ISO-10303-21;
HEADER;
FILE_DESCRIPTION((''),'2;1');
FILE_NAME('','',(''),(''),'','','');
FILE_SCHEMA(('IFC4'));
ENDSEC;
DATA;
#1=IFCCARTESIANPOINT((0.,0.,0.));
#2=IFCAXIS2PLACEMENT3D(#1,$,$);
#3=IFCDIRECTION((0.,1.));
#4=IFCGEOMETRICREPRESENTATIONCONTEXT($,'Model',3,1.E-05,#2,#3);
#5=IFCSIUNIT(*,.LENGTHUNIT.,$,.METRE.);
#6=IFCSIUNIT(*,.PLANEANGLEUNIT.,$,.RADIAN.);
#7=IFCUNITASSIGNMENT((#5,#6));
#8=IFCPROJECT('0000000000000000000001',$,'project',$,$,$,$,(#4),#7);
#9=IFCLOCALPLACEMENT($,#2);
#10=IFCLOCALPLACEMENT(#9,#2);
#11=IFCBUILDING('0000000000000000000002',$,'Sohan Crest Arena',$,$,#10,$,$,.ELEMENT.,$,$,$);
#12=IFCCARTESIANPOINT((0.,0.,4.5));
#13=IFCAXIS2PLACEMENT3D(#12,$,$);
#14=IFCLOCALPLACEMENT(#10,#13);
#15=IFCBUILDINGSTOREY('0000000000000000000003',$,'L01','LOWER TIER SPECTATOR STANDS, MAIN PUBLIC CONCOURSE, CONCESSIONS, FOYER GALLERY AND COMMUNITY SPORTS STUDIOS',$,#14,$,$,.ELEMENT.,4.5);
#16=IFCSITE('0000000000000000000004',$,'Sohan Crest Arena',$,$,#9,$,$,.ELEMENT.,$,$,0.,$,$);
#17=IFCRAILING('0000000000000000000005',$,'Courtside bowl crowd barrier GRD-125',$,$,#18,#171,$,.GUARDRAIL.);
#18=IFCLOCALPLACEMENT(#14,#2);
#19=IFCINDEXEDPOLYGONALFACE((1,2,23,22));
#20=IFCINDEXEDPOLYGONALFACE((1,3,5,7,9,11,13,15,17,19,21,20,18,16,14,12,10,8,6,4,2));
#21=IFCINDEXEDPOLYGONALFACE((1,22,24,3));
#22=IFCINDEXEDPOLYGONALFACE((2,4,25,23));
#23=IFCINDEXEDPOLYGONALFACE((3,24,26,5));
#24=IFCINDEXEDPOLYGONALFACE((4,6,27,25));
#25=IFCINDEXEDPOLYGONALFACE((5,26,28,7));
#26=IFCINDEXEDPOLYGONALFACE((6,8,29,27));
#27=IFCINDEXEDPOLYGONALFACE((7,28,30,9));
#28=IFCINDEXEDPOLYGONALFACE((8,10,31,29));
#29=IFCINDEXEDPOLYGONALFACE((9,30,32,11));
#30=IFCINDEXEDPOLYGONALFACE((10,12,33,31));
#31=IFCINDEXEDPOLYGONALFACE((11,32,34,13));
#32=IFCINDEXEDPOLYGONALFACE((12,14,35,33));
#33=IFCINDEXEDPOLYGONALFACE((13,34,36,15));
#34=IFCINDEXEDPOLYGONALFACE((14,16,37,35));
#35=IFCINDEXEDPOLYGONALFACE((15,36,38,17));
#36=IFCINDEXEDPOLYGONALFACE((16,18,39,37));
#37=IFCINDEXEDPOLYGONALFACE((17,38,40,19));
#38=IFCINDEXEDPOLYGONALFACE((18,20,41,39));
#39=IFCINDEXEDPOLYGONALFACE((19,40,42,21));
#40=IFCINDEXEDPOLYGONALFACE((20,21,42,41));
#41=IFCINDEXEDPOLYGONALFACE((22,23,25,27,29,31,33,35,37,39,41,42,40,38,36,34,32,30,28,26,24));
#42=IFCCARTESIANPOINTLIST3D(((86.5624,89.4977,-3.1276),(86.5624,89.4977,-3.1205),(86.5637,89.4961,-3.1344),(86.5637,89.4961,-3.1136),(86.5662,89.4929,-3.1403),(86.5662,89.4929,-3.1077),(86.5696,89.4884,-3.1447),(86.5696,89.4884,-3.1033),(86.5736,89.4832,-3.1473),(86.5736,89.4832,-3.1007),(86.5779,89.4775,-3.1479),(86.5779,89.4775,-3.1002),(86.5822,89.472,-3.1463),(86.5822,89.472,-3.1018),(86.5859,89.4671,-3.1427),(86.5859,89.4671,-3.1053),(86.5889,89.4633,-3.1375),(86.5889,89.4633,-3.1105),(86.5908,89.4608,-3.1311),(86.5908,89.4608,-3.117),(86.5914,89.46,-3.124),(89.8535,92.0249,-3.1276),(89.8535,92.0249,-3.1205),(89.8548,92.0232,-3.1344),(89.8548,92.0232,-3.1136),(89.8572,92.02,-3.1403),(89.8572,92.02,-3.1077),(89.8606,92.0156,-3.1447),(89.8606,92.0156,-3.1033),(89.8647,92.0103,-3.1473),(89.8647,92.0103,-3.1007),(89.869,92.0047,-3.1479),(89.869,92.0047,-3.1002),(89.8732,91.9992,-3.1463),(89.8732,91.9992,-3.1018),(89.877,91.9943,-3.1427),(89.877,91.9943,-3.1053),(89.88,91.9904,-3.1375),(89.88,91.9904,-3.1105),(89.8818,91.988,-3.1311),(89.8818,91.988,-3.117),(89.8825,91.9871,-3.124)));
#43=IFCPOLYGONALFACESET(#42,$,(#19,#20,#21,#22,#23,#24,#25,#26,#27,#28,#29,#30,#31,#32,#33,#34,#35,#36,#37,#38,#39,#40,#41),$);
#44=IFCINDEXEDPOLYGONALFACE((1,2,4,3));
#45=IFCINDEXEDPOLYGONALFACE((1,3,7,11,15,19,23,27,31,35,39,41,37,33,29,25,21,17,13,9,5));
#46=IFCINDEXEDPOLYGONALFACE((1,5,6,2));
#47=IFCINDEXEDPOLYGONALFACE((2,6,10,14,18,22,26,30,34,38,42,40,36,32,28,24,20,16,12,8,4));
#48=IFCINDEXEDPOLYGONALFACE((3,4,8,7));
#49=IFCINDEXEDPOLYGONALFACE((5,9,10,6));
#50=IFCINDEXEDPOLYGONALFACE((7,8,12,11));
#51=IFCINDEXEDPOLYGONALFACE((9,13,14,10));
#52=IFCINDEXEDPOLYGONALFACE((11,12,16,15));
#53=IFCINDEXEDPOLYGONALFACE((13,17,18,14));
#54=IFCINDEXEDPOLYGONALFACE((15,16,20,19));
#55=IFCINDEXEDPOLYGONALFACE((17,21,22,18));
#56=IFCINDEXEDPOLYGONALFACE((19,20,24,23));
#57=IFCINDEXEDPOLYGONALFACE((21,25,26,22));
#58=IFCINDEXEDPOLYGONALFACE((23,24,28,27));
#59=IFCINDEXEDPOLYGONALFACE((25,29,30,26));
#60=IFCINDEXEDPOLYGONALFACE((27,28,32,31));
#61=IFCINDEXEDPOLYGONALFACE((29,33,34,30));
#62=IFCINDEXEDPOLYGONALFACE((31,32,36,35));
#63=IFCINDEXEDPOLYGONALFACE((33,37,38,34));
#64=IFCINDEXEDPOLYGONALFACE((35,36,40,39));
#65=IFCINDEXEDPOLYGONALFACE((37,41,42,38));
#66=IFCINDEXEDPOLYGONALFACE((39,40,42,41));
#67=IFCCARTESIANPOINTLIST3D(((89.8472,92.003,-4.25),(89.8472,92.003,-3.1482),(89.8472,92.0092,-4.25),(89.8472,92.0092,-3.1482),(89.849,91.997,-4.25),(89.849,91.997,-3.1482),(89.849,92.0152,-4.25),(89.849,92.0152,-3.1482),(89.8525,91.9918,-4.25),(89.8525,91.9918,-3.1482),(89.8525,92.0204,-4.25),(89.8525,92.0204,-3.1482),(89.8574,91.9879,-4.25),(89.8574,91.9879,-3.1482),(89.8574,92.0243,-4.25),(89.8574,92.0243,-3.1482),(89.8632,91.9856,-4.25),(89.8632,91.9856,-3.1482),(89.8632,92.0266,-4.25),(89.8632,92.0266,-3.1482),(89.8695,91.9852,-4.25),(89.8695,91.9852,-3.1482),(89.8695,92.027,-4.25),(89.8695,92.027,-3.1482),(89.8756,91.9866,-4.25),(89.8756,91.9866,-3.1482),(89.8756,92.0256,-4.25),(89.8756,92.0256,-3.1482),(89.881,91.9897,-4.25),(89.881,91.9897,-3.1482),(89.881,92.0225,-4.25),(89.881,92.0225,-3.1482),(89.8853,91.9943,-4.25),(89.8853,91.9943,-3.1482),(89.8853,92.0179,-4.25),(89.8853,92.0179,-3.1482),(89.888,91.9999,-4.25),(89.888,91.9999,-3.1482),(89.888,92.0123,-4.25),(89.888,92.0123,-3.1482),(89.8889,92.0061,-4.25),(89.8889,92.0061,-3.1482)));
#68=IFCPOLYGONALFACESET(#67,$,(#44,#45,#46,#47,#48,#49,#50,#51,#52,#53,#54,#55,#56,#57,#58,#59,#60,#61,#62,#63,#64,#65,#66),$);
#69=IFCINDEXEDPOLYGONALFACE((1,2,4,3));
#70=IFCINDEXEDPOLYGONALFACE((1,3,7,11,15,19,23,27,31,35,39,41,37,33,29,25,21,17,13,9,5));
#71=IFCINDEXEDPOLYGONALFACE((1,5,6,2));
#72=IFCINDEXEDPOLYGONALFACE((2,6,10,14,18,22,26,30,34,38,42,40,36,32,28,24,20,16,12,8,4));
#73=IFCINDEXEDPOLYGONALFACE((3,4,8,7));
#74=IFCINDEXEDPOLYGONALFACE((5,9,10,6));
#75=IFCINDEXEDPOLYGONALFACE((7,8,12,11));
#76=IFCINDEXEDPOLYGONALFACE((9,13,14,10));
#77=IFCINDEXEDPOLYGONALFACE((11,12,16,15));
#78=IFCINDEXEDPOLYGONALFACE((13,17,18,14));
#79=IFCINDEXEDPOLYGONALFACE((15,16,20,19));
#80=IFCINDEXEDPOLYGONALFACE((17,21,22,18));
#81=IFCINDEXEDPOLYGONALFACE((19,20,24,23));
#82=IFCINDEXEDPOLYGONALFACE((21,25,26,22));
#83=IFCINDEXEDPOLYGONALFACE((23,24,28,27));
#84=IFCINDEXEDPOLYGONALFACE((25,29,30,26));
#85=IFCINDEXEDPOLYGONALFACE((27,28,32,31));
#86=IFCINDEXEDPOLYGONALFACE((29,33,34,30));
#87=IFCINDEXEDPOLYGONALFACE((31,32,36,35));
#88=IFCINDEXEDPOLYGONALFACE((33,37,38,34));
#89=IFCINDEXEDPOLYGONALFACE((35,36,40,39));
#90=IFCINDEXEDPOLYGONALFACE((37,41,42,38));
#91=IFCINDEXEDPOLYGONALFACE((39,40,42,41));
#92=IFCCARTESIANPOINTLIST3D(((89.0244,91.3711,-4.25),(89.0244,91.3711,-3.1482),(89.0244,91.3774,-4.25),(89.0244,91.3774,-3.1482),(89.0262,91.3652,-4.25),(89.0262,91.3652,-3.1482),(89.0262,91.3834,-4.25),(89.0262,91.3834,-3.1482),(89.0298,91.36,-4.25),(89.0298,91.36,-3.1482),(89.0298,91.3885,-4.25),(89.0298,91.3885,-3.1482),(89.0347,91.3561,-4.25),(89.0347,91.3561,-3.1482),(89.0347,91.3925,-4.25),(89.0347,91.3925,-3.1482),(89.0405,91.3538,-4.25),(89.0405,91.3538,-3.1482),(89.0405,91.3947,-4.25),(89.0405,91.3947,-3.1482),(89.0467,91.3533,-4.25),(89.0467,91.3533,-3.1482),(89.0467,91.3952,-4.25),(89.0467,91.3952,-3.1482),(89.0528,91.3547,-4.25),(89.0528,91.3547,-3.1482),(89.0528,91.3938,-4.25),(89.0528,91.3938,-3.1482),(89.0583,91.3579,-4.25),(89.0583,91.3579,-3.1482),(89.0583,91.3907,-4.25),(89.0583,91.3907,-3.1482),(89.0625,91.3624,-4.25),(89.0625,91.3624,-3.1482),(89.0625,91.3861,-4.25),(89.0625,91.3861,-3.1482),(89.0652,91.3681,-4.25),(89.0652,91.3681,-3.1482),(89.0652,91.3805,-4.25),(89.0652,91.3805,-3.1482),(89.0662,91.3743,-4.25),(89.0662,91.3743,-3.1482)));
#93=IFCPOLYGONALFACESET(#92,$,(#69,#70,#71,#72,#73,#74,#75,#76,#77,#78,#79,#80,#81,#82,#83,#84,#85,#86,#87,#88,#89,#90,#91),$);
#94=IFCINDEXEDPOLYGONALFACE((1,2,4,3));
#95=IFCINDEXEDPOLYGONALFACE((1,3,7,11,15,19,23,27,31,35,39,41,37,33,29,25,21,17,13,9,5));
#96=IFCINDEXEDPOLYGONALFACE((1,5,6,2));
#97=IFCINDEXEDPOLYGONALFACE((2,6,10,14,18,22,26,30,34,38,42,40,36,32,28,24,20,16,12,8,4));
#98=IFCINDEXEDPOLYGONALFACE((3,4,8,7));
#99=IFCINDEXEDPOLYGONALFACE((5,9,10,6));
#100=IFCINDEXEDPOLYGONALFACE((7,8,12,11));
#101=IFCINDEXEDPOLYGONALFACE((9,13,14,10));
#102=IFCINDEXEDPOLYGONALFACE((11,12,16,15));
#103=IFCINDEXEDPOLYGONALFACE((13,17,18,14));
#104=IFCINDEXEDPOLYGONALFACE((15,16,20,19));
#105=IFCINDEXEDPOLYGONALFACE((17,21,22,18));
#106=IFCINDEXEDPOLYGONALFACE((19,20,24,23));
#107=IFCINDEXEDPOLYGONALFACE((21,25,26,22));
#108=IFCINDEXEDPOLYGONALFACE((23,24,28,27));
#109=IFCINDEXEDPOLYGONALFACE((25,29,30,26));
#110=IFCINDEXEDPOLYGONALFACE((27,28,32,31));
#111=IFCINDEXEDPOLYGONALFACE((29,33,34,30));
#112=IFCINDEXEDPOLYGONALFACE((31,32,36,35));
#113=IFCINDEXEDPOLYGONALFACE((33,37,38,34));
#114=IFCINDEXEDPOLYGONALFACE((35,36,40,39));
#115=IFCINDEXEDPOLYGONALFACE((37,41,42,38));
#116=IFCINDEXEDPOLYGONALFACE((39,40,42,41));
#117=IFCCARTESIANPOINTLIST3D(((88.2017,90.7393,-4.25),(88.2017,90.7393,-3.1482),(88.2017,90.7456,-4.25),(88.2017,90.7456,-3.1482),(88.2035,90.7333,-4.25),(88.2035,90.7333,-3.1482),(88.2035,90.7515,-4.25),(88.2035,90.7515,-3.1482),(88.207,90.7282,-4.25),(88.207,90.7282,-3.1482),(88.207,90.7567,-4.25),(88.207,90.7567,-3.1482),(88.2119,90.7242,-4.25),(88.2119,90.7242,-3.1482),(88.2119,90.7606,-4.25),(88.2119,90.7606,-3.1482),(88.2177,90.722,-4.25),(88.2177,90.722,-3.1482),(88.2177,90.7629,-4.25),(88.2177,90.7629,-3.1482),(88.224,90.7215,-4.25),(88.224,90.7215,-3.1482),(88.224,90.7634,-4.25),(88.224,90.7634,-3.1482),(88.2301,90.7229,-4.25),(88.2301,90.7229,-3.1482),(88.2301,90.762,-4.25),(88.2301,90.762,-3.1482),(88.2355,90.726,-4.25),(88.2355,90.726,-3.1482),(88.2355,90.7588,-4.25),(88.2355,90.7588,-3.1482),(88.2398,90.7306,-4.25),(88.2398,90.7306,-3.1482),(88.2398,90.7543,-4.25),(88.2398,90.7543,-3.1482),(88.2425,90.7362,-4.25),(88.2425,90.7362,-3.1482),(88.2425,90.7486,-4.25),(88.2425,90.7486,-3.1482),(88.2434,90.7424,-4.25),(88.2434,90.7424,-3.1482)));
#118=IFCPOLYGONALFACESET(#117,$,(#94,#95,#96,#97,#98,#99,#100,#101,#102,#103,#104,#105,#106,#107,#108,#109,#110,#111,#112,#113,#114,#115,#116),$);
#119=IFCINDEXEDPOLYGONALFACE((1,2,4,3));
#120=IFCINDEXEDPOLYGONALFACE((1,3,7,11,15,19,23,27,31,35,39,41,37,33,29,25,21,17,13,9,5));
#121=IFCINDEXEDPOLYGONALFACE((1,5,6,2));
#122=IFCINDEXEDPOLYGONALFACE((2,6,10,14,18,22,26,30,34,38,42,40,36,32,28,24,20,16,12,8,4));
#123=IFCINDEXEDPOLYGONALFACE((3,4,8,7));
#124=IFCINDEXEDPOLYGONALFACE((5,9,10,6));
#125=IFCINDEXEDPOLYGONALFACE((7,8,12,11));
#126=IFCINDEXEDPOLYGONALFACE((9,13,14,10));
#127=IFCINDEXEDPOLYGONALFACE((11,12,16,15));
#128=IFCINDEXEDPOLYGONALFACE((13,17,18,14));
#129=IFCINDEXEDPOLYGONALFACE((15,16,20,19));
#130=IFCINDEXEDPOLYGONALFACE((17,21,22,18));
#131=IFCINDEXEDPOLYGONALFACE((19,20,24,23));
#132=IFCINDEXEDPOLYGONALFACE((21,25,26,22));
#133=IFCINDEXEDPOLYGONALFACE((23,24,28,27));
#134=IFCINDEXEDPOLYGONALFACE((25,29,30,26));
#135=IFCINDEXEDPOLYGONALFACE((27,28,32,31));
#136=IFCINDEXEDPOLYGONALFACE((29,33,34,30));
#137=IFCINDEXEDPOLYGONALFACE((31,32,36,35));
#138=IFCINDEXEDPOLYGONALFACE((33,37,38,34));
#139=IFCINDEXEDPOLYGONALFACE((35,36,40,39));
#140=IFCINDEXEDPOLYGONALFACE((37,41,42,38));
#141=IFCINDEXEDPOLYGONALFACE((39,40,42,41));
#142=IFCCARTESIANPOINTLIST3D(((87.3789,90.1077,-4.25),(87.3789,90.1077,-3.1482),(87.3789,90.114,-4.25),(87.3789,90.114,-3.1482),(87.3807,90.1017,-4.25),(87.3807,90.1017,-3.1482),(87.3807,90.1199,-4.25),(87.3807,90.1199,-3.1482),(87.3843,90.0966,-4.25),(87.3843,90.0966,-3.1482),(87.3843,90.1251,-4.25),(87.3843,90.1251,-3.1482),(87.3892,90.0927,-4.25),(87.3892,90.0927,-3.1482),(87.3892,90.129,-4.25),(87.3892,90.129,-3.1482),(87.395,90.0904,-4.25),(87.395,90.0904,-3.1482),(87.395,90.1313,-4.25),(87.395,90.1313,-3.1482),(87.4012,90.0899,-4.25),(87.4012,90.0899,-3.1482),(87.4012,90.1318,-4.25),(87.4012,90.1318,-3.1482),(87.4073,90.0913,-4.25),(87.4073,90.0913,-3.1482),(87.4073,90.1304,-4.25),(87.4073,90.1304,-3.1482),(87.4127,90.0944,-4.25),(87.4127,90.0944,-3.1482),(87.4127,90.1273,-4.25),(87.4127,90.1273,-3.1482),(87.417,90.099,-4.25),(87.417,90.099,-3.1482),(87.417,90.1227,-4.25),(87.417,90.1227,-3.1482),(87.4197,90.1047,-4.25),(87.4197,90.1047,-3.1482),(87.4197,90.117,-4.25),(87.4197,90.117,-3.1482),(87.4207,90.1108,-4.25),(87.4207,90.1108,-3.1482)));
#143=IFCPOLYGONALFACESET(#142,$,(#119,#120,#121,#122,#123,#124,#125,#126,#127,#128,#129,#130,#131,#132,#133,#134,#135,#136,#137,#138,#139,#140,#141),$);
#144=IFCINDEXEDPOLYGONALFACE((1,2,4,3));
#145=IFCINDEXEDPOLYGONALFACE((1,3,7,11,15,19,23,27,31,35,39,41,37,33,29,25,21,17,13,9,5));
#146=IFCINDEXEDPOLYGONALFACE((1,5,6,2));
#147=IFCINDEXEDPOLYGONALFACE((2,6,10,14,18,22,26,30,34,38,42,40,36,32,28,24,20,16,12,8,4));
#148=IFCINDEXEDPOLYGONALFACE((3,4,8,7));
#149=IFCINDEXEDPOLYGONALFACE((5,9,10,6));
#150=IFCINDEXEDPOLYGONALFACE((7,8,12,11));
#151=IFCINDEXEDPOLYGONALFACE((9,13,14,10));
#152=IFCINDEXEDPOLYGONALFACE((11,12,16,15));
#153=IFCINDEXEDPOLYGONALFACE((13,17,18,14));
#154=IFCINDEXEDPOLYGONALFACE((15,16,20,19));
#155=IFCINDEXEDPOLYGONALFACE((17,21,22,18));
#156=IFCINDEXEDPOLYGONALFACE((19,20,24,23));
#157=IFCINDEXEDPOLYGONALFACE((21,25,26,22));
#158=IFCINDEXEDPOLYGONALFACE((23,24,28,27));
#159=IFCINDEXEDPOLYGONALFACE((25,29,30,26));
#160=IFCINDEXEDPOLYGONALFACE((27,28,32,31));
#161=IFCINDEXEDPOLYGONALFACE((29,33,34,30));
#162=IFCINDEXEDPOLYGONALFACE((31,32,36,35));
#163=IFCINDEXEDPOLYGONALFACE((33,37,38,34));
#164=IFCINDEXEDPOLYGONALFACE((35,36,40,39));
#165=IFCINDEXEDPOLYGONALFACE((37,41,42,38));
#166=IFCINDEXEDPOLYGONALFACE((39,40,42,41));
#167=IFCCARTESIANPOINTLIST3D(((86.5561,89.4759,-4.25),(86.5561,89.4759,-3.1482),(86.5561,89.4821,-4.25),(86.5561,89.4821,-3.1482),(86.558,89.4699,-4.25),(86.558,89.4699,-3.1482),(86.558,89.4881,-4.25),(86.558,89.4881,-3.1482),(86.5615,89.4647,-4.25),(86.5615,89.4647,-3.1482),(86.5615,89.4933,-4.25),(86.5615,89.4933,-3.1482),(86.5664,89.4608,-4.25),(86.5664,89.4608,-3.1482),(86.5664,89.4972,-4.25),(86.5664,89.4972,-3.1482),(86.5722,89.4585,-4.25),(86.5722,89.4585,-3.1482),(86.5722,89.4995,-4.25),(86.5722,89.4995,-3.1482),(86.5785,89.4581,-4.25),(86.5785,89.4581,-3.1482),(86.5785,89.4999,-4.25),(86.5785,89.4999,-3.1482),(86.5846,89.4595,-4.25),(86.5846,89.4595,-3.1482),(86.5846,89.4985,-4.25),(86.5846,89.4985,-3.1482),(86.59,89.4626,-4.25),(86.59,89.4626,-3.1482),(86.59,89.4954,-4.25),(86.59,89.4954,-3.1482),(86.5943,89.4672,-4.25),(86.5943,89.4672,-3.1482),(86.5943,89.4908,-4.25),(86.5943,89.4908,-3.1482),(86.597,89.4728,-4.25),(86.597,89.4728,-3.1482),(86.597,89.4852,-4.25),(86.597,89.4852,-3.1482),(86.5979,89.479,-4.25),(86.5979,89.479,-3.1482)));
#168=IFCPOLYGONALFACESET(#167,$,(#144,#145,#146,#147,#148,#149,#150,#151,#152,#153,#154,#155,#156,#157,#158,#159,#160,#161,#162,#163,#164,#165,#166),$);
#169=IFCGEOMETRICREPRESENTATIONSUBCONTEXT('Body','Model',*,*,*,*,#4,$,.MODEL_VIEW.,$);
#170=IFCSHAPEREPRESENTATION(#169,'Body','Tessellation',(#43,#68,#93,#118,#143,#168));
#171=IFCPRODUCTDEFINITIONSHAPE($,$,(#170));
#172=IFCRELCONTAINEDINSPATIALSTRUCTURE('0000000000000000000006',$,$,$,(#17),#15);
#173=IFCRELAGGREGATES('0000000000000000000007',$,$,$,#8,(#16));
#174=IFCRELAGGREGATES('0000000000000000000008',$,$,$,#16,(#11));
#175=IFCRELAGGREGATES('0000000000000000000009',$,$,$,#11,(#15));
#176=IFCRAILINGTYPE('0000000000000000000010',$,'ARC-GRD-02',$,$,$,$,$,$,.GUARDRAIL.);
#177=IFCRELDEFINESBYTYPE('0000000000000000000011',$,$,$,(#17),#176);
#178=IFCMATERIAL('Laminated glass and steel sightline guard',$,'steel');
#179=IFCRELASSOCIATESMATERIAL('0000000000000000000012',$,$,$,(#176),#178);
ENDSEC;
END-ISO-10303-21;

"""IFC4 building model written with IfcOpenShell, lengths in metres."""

from ifc_helpers import new_model, si_unit, direction, frame, origin, origin_2d, place, context, subcontext, project, spatial, circle, extrude, material, type_object, element, save


model = new_model("IFC4")

# Units and contexts
model_context = context("Model", 3, precision=1e-05, world=origin(), true_north=direction((0.0, 1.0)))
body_context = subcontext(model_context, "Body", "Model", "MODEL_VIEW")
ifc_project = project(units=[si_unit("LENGTHUNIT", "METRE"), si_unit("PLANEANGLEUNIT", "RADIAN")], contexts=[model_context])

# Site, building, storey
site_placement = place(None, origin())
site = spatial("IfcSite", under=ifc_project, at=site_placement, Name="Sohan Crest Arena", CompositionType="ELEMENT", RefElevation=0.0)
building_placement = place(site_placement, origin())
building = spatial("IfcBuilding", under=site, at=building_placement, Name="Sohan Crest Arena", CompositionType="ELEMENT")
storey_placement = place(building_placement, frame((0.0, 0.0, 4.5)))
storey = spatial("IfcBuildingStorey", under=building, at=storey_placement, Name="L01", Description="LOWER TIER SPECTATOR STANDS, MAIN PUBLIC CONCOURSE, CONCESSIONS, FOYER GALLERY AND COMMUNITY SPORTS STUDIOS", CompositionType="ELEMENT", Elevation=4.5)

# Railing
ifc_material_1 = material(Name="Laminated glass and steel sightline guard", Category="steel")
railing_type = type_object("IfcRailingType", Name="ARC-GRD-02", PredefinedType="GUARDRAIL", material=ifc_material_1)
railing_1_placement = place(storey_placement, frame((89.8679, 92.0061, -4.25)))
element("IfcRailing", 1, at=railing_1_placement, inside=storey, type_object=railing_type, Name="Courtside bowl crowd barrier GRD-125", PredefinedType="GUARDRAIL", context=body_context, shape_type="SweptSolid", body=[
    extrude(circle(Radius=0.0239, at=origin_2d()), frame((0.0, 0.0, 1.126), z_axis=(-0.793142, -0.609037, 0.0), x_axis=(0.609037, -0.793142, 0.0)), (0.0, 0.0, 1.0), 4.1494),
    extrude(circle(Radius=0.021, at=origin_2d()), origin(), (0.0, 0.0, 1.0), 1.1018),
    extrude(circle(Radius=0.021, at=origin_2d()), frame((-0.8228, -0.6318, 0.0)), (0.0, 0.0, 1.0), 1.1018),
    extrude(circle(Radius=0.021, at=origin_2d()), frame((-1.6455, -1.2637, 0.0)), (0.0, 0.0, 1.0), 1.1018),
    extrude(circle(Radius=0.021, at=origin_2d()), frame((-2.4683, -1.8953, 0.0)), (0.0, 0.0, 1.0), 1.1018),
    extrude(circle(Radius=0.021, at=origin_2d()), frame((-3.291, -2.5271, 0.0)), (0.0, 0.0, 1.0), 1.1018),
])

save(model, "model.ifc")
